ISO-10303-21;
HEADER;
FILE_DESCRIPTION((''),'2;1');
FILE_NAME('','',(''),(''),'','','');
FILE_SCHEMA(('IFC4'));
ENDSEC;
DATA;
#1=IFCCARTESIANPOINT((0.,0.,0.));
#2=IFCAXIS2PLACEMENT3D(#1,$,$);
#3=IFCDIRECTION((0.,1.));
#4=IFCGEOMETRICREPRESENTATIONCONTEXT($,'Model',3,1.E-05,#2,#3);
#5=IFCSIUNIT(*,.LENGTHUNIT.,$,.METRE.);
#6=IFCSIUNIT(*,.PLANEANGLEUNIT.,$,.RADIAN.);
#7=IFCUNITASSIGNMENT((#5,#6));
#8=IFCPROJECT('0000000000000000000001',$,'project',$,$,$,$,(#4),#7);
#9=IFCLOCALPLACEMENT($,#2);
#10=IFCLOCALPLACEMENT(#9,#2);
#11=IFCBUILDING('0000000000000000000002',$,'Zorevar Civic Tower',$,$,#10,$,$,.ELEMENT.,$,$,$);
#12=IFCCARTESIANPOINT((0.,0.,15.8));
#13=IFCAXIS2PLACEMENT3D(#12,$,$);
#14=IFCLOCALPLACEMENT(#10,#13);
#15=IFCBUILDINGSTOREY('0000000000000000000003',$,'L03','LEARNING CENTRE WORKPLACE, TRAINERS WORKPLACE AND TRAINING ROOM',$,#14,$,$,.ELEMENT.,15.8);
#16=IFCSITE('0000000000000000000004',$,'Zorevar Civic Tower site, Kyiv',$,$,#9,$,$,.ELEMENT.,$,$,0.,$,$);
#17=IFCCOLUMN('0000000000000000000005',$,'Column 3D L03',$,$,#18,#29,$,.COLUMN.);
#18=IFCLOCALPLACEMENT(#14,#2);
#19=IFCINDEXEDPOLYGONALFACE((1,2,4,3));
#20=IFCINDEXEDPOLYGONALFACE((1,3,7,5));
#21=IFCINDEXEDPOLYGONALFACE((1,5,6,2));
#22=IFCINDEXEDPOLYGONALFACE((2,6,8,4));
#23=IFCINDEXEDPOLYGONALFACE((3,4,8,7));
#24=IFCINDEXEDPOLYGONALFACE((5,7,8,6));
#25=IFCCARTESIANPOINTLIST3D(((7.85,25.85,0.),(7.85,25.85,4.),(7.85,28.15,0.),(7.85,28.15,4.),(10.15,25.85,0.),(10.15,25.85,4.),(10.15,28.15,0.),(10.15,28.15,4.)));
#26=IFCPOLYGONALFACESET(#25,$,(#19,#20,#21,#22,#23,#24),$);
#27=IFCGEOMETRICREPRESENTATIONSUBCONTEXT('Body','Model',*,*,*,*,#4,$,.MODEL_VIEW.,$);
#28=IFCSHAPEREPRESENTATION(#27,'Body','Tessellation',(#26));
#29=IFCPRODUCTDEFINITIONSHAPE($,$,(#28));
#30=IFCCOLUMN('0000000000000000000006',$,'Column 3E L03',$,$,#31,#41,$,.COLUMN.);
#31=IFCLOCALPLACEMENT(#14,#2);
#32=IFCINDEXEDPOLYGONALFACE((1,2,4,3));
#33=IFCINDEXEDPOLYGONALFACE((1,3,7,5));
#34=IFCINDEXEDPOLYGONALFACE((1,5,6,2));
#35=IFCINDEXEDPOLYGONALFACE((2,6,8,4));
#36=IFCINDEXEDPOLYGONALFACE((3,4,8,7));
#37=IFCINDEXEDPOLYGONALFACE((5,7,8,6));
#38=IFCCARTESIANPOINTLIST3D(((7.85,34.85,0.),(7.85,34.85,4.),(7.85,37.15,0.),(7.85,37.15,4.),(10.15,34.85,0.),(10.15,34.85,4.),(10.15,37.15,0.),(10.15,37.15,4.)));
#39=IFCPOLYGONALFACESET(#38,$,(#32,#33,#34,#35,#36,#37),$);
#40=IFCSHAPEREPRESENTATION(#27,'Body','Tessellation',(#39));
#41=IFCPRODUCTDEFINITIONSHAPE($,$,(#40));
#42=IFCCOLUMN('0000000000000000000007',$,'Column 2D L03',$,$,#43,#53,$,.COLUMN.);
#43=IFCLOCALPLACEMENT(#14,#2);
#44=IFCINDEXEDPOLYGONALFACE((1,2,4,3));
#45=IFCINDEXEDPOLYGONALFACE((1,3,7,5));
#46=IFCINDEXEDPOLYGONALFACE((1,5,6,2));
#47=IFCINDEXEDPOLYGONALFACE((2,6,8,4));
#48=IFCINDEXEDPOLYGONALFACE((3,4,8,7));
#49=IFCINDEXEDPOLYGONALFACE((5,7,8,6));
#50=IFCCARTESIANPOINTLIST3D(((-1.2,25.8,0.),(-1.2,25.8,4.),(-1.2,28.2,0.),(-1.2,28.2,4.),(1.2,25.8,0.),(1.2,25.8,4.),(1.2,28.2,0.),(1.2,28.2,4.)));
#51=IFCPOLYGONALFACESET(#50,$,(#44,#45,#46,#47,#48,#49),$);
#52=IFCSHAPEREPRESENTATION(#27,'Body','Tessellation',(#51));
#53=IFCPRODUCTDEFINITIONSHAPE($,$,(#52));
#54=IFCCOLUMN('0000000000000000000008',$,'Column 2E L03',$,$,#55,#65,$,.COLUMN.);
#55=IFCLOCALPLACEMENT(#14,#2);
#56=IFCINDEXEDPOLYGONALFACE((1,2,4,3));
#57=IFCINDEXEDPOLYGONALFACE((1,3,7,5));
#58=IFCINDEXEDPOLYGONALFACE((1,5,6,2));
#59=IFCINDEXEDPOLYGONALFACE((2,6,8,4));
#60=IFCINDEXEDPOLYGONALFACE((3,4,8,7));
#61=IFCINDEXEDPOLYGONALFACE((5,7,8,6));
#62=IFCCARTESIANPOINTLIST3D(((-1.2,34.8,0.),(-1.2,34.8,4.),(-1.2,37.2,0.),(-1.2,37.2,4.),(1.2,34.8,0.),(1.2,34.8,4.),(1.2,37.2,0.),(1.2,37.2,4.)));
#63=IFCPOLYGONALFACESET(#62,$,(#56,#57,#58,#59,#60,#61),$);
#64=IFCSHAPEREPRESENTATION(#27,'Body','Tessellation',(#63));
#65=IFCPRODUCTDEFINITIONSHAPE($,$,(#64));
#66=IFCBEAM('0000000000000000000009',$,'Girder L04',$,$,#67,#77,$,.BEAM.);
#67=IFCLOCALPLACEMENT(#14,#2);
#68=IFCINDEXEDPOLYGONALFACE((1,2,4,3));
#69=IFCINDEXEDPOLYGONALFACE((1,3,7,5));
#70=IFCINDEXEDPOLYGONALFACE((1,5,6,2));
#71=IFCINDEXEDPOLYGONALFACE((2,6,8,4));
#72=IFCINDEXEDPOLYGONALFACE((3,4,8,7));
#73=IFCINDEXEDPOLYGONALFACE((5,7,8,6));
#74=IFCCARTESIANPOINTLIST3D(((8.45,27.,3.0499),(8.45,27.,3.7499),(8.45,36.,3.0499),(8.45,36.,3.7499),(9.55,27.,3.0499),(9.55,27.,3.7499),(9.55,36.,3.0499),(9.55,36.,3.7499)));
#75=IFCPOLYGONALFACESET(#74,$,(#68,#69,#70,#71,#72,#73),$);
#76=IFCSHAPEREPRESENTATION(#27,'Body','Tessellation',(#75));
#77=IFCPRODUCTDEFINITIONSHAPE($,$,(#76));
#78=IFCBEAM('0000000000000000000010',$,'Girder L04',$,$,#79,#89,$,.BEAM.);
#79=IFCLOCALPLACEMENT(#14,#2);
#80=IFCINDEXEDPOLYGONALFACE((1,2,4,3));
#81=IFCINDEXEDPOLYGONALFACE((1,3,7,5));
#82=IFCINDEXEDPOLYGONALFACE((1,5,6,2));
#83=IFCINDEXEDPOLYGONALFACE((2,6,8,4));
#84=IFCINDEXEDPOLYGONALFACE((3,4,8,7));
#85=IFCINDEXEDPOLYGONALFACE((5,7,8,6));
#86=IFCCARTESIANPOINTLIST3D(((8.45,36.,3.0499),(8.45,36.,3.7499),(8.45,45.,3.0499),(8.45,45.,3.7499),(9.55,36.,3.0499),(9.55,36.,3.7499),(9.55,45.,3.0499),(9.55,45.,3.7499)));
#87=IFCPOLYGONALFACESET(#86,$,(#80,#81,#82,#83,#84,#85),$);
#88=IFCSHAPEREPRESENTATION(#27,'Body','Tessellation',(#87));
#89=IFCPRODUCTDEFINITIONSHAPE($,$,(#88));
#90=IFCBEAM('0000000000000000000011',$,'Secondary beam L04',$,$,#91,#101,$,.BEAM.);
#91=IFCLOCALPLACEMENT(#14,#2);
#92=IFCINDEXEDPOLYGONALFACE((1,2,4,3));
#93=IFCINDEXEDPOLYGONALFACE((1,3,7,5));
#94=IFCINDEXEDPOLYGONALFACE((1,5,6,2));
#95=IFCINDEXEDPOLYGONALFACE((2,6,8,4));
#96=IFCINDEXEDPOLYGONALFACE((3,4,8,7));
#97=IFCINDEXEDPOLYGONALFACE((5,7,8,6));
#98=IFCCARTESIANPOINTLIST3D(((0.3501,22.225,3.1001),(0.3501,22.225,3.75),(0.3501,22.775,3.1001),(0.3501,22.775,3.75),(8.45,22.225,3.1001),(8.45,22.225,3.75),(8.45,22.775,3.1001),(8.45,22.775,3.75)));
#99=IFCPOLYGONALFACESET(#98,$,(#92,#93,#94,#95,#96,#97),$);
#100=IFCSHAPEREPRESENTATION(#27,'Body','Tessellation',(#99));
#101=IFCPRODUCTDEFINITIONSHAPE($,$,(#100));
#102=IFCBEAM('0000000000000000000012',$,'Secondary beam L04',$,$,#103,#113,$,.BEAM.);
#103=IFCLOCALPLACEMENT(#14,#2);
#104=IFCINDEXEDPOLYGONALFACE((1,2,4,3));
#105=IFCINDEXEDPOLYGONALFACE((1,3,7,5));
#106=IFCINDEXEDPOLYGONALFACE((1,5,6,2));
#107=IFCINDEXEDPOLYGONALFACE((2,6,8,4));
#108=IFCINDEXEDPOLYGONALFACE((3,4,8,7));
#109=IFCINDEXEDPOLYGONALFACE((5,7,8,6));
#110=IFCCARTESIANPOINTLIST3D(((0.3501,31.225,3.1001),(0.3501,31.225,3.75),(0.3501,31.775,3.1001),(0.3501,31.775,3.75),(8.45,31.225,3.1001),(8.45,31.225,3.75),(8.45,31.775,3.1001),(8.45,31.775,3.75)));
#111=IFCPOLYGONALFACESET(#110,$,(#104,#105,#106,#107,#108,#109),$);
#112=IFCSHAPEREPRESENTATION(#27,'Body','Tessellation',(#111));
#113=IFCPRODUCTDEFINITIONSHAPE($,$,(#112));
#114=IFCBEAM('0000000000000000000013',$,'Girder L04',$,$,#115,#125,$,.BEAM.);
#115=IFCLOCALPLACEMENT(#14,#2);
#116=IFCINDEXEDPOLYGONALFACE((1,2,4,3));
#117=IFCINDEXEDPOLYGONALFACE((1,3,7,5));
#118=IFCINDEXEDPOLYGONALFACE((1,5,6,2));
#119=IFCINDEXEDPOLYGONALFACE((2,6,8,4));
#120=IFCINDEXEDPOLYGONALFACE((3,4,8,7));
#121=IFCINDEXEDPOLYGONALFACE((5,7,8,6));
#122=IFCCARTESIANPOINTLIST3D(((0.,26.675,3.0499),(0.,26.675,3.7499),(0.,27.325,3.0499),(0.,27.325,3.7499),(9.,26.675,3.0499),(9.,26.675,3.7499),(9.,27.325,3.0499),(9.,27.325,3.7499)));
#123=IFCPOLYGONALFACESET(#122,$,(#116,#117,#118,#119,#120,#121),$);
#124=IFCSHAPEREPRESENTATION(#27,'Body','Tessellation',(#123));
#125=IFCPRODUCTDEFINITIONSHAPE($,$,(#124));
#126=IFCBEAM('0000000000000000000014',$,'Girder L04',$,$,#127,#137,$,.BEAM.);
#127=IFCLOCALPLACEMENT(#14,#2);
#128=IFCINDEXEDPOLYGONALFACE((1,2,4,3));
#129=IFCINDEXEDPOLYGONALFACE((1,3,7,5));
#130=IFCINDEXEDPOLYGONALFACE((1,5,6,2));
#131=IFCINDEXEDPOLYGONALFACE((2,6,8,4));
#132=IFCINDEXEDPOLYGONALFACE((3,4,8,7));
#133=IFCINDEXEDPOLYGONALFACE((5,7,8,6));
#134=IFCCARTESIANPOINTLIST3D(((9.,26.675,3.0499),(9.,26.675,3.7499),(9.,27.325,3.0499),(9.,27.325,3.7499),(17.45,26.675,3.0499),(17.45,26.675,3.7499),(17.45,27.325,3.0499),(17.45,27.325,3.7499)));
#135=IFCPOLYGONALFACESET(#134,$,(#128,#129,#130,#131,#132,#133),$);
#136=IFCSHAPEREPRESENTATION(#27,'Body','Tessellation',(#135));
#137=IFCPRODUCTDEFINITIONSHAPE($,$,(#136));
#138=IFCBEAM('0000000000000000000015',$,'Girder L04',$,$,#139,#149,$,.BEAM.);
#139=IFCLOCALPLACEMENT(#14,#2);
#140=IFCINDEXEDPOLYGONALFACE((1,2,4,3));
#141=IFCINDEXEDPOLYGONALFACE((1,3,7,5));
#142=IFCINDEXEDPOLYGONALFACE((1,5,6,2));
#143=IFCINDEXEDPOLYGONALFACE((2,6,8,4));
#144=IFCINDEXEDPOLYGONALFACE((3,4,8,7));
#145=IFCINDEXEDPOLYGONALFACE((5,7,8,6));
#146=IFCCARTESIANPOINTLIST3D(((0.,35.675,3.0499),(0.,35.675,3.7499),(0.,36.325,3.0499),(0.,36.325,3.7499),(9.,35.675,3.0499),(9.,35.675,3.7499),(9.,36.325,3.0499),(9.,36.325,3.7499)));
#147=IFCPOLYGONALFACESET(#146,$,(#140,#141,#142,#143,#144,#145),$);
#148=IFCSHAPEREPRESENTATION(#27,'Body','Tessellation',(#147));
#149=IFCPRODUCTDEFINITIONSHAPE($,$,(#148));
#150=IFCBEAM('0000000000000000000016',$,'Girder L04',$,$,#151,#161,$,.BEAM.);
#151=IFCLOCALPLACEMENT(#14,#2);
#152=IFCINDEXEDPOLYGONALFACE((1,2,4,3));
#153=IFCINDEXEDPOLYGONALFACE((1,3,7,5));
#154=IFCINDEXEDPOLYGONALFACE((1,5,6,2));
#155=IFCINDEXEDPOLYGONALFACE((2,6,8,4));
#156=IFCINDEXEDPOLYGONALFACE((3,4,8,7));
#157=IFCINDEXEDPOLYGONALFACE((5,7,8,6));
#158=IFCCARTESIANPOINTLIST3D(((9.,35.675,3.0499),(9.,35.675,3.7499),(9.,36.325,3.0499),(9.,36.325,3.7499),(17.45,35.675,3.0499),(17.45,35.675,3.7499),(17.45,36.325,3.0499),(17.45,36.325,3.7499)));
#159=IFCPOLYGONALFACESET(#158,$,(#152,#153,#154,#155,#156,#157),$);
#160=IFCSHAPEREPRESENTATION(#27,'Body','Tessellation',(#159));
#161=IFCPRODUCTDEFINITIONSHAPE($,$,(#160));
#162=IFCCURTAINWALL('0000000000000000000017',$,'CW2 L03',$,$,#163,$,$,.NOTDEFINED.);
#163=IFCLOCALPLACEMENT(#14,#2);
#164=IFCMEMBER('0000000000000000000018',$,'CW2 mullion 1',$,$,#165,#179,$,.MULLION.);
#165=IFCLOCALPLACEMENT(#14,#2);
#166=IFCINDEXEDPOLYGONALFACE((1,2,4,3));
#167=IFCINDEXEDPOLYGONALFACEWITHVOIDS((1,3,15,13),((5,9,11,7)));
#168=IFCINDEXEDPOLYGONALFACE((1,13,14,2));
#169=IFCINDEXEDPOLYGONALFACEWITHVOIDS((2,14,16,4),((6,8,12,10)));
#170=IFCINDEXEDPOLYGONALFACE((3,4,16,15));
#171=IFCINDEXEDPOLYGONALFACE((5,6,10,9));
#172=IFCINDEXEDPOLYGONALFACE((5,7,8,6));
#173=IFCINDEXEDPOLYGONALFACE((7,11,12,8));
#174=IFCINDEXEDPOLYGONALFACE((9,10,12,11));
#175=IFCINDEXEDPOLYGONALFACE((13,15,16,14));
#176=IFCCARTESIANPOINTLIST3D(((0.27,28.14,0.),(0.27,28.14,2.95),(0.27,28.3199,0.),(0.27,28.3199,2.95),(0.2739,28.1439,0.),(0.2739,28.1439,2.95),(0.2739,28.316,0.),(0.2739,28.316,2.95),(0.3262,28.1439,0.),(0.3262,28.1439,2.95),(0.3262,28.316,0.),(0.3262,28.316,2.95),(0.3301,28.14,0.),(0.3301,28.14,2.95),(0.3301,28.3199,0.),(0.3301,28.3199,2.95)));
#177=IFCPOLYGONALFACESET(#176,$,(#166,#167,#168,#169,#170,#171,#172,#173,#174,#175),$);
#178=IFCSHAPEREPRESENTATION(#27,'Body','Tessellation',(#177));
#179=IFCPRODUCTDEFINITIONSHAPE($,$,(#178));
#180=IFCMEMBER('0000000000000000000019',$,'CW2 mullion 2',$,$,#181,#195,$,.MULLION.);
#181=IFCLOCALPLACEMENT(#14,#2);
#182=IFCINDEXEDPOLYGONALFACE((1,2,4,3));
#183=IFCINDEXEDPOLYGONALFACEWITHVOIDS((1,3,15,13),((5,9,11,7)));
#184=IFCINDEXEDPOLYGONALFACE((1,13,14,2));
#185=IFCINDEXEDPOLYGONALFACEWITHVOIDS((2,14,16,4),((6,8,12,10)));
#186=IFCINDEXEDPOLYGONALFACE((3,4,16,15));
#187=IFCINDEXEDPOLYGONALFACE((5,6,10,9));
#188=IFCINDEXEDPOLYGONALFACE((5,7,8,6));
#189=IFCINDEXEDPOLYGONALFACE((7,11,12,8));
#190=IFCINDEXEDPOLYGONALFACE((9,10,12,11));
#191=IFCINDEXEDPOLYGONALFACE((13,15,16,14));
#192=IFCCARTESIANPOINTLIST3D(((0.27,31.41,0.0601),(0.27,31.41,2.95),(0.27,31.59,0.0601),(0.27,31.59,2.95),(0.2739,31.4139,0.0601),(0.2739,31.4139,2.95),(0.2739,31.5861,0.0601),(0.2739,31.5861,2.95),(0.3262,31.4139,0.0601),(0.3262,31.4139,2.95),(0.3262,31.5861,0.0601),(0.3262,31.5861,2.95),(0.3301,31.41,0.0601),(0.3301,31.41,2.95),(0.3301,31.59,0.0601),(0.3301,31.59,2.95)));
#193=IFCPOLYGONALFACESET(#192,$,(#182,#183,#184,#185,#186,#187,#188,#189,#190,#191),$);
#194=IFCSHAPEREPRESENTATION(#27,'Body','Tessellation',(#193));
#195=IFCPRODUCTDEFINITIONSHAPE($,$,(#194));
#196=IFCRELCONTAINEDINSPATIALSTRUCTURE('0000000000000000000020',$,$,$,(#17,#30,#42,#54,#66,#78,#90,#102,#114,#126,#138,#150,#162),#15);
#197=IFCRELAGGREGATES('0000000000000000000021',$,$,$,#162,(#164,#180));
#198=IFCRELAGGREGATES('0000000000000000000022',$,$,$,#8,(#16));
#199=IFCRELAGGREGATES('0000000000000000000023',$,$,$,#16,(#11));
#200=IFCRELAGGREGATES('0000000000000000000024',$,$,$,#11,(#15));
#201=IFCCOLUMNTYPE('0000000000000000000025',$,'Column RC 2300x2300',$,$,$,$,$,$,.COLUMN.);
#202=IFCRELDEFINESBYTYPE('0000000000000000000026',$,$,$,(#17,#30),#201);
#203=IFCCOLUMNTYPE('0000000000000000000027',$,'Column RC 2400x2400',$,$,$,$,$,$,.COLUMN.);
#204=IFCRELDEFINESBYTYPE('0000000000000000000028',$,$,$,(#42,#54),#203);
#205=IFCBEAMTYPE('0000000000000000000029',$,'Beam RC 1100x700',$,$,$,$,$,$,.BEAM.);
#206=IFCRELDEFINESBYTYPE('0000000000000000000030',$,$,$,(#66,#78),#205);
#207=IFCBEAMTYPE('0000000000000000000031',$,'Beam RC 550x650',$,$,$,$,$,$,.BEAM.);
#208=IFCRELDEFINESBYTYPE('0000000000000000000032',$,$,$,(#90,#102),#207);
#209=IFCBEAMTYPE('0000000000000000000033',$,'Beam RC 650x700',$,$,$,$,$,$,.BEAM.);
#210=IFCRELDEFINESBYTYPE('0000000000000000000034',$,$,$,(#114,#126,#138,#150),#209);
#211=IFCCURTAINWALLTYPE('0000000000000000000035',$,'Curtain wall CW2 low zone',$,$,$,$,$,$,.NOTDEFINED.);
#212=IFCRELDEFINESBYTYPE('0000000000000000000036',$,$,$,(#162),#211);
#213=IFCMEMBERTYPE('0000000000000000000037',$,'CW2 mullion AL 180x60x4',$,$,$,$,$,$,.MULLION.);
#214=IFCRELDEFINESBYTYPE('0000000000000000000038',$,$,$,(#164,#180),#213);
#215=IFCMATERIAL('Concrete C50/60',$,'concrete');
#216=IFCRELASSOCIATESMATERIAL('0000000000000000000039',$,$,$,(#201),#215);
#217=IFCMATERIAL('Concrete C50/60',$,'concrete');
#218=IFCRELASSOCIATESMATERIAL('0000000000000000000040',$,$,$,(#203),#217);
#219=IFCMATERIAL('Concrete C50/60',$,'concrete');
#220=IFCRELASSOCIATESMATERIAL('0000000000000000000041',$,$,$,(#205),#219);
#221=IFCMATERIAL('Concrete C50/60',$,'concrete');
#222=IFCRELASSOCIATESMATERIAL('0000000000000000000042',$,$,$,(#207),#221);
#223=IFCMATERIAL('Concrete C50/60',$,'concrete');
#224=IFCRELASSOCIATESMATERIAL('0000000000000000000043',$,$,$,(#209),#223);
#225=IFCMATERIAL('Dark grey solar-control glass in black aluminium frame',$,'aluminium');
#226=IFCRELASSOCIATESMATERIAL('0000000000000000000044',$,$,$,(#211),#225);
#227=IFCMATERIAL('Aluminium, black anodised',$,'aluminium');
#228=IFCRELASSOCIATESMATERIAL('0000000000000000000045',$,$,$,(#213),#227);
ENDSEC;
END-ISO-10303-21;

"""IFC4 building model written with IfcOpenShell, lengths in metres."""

from ifc_helpers import new_model, si_unit, direction, frame, origin, origin_2d, place, context, subcontext, project, spatial, rectangle, hollow_rectangle, extrude, material, material_profile, profile_set, type_object, element, aggregate, save


model = new_model("IFC4")

# Units and contexts
model_context = context("Model", 3, precision=1e-05, world=origin(), true_north=direction((0.0, 1.0)))
body_context = subcontext(model_context, "Body", "Model", "MODEL_VIEW")
ifc_project = project(units=[si_unit("LENGTHUNIT", "METRE"), si_unit("PLANEANGLEUNIT", "RADIAN")], contexts=[model_context])

# Site, building, storey
site_placement = place(None, origin())
site = spatial("IfcSite", under=ifc_project, at=site_placement, Name="Zorevar Civic Tower site, Kyiv", CompositionType="ELEMENT", RefElevation=0.0)
building_placement = place(site_placement, origin())
building = spatial("IfcBuilding", under=site, at=building_placement, Name="Zorevar Civic Tower", CompositionType="ELEMENT")
storey_placement = place(building_placement, frame((0.0, 0.0, 15.8)))
storey = spatial("IfcBuildingStorey", under=building, at=storey_placement, Name="L03", Description="LEARNING CENTRE WORKPLACE, TRAINERS WORKPLACE AND TRAINING ROOM", CompositionType="ELEMENT", Elevation=15.8)

# Columns
ifc_material_1 = material(Name="Concrete C50/60", Category="concrete")
ifc_material_profile_1 = material_profile(ifc_material_1, rectangle(XDim=2.3, YDim=2.3, at=origin_2d()), Name="RC 2300x2300")
ifc_profile_set_1 = profile_set([ifc_material_profile_1], Name="Concrete C50/60")
column_type_1 = type_object("IfcColumnType", Name="Column RC 2300x2300", PredefinedType="COLUMN", material=ifc_profile_set_1)
for number, where, z_axis, x_axis, name in (
    (1, (9.0, 27.0, 0.0), (0.0, 0.0, 1.0), (1.0, 0.0, 0.0), "Column 3D L03"),
    (2, (9.0, 36.0, 0.0), (0.0, 0.0, 1.0), (1.0, 0.0, 0.0), "Column 3E L03"),
):
    element("IfcColumn", number, at=place(storey_placement, frame(where, z_axis=z_axis, x_axis=x_axis)), inside=storey, type_object=column_type_1, Name=name, PredefinedType="COLUMN", context=body_context, shape_type="SweptSolid", body=[
        extrude(rectangle(XDim=2.3, YDim=2.3, at=origin_2d()), origin(), (0.0, 0.0, 1.0), 4.0),
    ])
ifc_material_2 = material(Name="Concrete C50/60", Category="concrete")
ifc_material_profile_2 = material_profile(ifc_material_2, rectangle(XDim=2.3999, YDim=2.3999, at=origin_2d()), Name="RC 2400x2400")
ifc_profile_set_2 = profile_set([ifc_material_profile_2], Name="Concrete C50/60")
column_type_2 = type_object("IfcColumnType", Name="Column RC 2400x2400", PredefinedType="COLUMN", material=ifc_profile_set_2)
for number, where, z_axis, x_axis, name in (
    (3, (0.0, 27.0, 0.0), (0.0, 0.0, 1.0), (1.0, 0.0, 0.0), "Column 2D L03"),
    (4, (0.0, 36.0, 0.0), (0.0, 0.0, 1.0), (1.0, 0.0, 0.0), "Column 2E L03"),
):
    element("IfcColumn", number, at=place(storey_placement, frame(where, z_axis=z_axis, x_axis=x_axis)), inside=storey, type_object=column_type_2, Name=name, PredefinedType="COLUMN", context=body_context, shape_type="SweptSolid", body=[
        extrude(rectangle(XDim=2.3999, YDim=2.3999, at=origin_2d()), origin(), (0.0, 0.0, 1.0), 4.0),
    ])

# Beams
ifc_material_3 = material(Name="Concrete C50/60", Category="concrete")
ifc_material_profile_3 = material_profile(ifc_material_3, rectangle(XDim=1.1001, YDim=0.7, at=origin_2d()), Name="RC 1100x700")
ifc_profile_set_3 = profile_set([ifc_material_profile_3], Name="Concrete C50/60")
beam_type_1 = type_object("IfcBeamType", Name="Beam RC 1100x700", PredefinedType="BEAM", material=ifc_profile_set_3)
for number, where, z_axis, x_axis, name in (
    (5, (9.0, 27.0, 3.3999), (0.0, 1.0, 0.0), (-1.0, 0.0, 0.0), "Girder L04"),
    (6, (9.0, 36.0, 3.3999), (0.0, 1.0, 0.0), (-1.0, 0.0, 0.0), "Girder L04"),
):
    element("IfcBeam", number, at=place(storey_placement, frame(where, z_axis=z_axis, x_axis=x_axis)), inside=storey, type_object=beam_type_1, Name=name, PredefinedType="BEAM", context=body_context, shape_type="SweptSolid", body=[
        extrude(rectangle(XDim=1.1001, YDim=0.7, at=origin_2d()), origin(), (0.0, 0.0, 1.0), 9.0),
    ])
ifc_material_4 = material(Name="Concrete C50/60", Category="concrete")
ifc_material_profile_4 = material_profile(ifc_material_4, rectangle(XDim=0.55, YDim=0.6499, at=origin_2d()), Name="RC 550x650")
ifc_profile_set_4 = profile_set([ifc_material_profile_4], Name="Concrete C50/60")
beam_type_2 = type_object("IfcBeamType", Name="Beam RC 550x650", PredefinedType="BEAM", material=ifc_profile_set_4)
for number, where, z_axis, x_axis, name in (
    (7, (0.3501, 22.5, 3.425), (1.0, 0.0, 0.0), (0.0, 1.0, 0.0), "Secondary beam L04"),
    (8, (0.3501, 31.5, 3.425), (1.0, 0.0, 0.0), (0.0, 1.0, 0.0), "Secondary beam L04"),
):
    element("IfcBeam", number, at=place(storey_placement, frame(where, z_axis=z_axis, x_axis=x_axis)), inside=storey, type_object=beam_type_2, Name=name, PredefinedType="BEAM", context=body_context, shape_type="SweptSolid", body=[
        extrude(rectangle(XDim=0.55, YDim=0.6499, at=origin_2d()), origin(), (0.0, 0.0, 1.0), 8.0999),
    ])
ifc_material_5 = material(Name="Concrete C50/60", Category="concrete")
ifc_material_profile_5 = material_profile(ifc_material_5, rectangle(XDim=0.6499, YDim=0.7, at=origin_2d()), Name="RC 650x700")
ifc_profile_set_5 = profile_set([ifc_material_profile_5], Name="Concrete C50/60")
beam_type_3 = type_object("IfcBeamType", Name="Beam RC 650x700", PredefinedType="BEAM", material=ifc_profile_set_5)
beam_1_placement = place(storey_placement, frame((0.0, 27.0, 3.3999), z_axis=(1.0, 0.0, 0.0), x_axis=(0.0, 1.0, 0.0)))
element("IfcBeam", 9, at=beam_1_placement, inside=storey, type_object=beam_type_3, Name="Girder L04", PredefinedType="BEAM", context=body_context, shape_type="SweptSolid", body=[
    extrude(rectangle(XDim=0.6499, YDim=0.7, at=origin_2d()), origin(), (0.0, 0.0, 1.0), 9.0),
])
beam_2_placement = place(storey_placement, frame((9.0, 27.0, 3.3999), z_axis=(1.0, 0.0, 0.0), x_axis=(0.0, 1.0, 0.0)))
element("IfcBeam", 10, at=beam_2_placement, inside=storey, type_object=beam_type_3, Name="Girder L04", PredefinedType="BEAM", context=body_context, shape_type="SweptSolid", body=[
    extrude(rectangle(XDim=0.6499, YDim=0.7, at=origin_2d()), origin(), (0.0, 0.0, 1.0), 8.45),
])
beam_3_placement = place(storey_placement, frame((0.0, 36.0, 3.3999), z_axis=(1.0, 0.0, 0.0), x_axis=(0.0, 1.0, 0.0)))
element("IfcBeam", 11, at=beam_3_placement, inside=storey, type_object=beam_type_3, Name="Girder L04", PredefinedType="BEAM", context=body_context, shape_type="SweptSolid", body=[
    extrude(rectangle(XDim=0.6499, YDim=0.7, at=origin_2d()), origin(), (0.0, 0.0, 1.0), 9.0),
])
beam_4_placement = place(storey_placement, frame((9.0, 36.0, 3.3999), z_axis=(1.0, 0.0, 0.0), x_axis=(0.0, 1.0, 0.0)))
element("IfcBeam", 12, at=beam_4_placement, inside=storey, type_object=beam_type_3, Name="Girder L04", PredefinedType="BEAM", context=body_context, shape_type="SweptSolid", body=[
    extrude(rectangle(XDim=0.6499, YDim=0.7, at=origin_2d()), origin(), (0.0, 0.0, 1.0), 8.45),
])

# Curtain wall, members
ifc_material_6 = material(Name="Dark grey solar-control glass in black aluminium frame", Category="aluminium")
curtain_wall_type = type_object("IfcCurtainWallType", Name="Curtain wall CW2 low zone", PredefinedType="NOTDEFINED", material=ifc_material_6)
curtain_wall_1_placement = place(storey_placement, origin())
curtain_wall_1 = element("IfcCurtainWall", 13, at=curtain_wall_1_placement, inside=storey, type_object=curtain_wall_type, Name="CW2 L03", PredefinedType="NOTDEFINED")
ifc_material_7 = material(Name="Aluminium, black anodised", Category="aluminium")
ifc_material_profile_6 = material_profile(ifc_material_7, hollow_rectangle(XDim=0.0601, YDim=0.1799, WallThickness=0.0039, at=origin_2d()), Name="AL 180x60x4")
ifc_profile_set_6 = profile_set([ifc_material_profile_6], Name="Aluminium, black anodised")
member_type_1 = type_object("IfcMemberType", Name="CW2 mullion AL 180x60x4", PredefinedType="MULLION", material=ifc_profile_set_6)
member_1_placement = place(storey_placement, frame((0.3, 28.23, 0.0), z_axis=(0.0, 0.0, 1.0), x_axis=(-1.0, 0.0, 0.0)))
member_1 = element("IfcMember", 14, at=member_1_placement, type_object=member_type_1, Name="CW2 mullion 1", PredefinedType="MULLION", context=body_context, shape_type="SweptSolid", body=[
    extrude(hollow_rectangle(XDim=0.0601, YDim=0.1799, WallThickness=0.0039, at=origin_2d()), origin(), (0.0, 0.0, 1.0), 2.95),
])
member_2_placement = place(storey_placement, frame((0.3, 31.5, 0.0601), z_axis=(0.0, 0.0, 1.0), x_axis=(-1.0, 0.0, 0.0)))
member_2 = element("IfcMember", 15, at=member_2_placement, type_object=member_type_1, Name="CW2 mullion 2", PredefinedType="MULLION", context=body_context, shape_type="SweptSolid", body=[
    extrude(hollow_rectangle(XDim=0.0601, YDim=0.1799, WallThickness=0.0039, at=origin_2d()), origin(), (0.0, 0.0, 1.0), 2.8899),
])

aggregate(curtain_wall_1, [member_1, member_2])

save(model, "model.ifc")
